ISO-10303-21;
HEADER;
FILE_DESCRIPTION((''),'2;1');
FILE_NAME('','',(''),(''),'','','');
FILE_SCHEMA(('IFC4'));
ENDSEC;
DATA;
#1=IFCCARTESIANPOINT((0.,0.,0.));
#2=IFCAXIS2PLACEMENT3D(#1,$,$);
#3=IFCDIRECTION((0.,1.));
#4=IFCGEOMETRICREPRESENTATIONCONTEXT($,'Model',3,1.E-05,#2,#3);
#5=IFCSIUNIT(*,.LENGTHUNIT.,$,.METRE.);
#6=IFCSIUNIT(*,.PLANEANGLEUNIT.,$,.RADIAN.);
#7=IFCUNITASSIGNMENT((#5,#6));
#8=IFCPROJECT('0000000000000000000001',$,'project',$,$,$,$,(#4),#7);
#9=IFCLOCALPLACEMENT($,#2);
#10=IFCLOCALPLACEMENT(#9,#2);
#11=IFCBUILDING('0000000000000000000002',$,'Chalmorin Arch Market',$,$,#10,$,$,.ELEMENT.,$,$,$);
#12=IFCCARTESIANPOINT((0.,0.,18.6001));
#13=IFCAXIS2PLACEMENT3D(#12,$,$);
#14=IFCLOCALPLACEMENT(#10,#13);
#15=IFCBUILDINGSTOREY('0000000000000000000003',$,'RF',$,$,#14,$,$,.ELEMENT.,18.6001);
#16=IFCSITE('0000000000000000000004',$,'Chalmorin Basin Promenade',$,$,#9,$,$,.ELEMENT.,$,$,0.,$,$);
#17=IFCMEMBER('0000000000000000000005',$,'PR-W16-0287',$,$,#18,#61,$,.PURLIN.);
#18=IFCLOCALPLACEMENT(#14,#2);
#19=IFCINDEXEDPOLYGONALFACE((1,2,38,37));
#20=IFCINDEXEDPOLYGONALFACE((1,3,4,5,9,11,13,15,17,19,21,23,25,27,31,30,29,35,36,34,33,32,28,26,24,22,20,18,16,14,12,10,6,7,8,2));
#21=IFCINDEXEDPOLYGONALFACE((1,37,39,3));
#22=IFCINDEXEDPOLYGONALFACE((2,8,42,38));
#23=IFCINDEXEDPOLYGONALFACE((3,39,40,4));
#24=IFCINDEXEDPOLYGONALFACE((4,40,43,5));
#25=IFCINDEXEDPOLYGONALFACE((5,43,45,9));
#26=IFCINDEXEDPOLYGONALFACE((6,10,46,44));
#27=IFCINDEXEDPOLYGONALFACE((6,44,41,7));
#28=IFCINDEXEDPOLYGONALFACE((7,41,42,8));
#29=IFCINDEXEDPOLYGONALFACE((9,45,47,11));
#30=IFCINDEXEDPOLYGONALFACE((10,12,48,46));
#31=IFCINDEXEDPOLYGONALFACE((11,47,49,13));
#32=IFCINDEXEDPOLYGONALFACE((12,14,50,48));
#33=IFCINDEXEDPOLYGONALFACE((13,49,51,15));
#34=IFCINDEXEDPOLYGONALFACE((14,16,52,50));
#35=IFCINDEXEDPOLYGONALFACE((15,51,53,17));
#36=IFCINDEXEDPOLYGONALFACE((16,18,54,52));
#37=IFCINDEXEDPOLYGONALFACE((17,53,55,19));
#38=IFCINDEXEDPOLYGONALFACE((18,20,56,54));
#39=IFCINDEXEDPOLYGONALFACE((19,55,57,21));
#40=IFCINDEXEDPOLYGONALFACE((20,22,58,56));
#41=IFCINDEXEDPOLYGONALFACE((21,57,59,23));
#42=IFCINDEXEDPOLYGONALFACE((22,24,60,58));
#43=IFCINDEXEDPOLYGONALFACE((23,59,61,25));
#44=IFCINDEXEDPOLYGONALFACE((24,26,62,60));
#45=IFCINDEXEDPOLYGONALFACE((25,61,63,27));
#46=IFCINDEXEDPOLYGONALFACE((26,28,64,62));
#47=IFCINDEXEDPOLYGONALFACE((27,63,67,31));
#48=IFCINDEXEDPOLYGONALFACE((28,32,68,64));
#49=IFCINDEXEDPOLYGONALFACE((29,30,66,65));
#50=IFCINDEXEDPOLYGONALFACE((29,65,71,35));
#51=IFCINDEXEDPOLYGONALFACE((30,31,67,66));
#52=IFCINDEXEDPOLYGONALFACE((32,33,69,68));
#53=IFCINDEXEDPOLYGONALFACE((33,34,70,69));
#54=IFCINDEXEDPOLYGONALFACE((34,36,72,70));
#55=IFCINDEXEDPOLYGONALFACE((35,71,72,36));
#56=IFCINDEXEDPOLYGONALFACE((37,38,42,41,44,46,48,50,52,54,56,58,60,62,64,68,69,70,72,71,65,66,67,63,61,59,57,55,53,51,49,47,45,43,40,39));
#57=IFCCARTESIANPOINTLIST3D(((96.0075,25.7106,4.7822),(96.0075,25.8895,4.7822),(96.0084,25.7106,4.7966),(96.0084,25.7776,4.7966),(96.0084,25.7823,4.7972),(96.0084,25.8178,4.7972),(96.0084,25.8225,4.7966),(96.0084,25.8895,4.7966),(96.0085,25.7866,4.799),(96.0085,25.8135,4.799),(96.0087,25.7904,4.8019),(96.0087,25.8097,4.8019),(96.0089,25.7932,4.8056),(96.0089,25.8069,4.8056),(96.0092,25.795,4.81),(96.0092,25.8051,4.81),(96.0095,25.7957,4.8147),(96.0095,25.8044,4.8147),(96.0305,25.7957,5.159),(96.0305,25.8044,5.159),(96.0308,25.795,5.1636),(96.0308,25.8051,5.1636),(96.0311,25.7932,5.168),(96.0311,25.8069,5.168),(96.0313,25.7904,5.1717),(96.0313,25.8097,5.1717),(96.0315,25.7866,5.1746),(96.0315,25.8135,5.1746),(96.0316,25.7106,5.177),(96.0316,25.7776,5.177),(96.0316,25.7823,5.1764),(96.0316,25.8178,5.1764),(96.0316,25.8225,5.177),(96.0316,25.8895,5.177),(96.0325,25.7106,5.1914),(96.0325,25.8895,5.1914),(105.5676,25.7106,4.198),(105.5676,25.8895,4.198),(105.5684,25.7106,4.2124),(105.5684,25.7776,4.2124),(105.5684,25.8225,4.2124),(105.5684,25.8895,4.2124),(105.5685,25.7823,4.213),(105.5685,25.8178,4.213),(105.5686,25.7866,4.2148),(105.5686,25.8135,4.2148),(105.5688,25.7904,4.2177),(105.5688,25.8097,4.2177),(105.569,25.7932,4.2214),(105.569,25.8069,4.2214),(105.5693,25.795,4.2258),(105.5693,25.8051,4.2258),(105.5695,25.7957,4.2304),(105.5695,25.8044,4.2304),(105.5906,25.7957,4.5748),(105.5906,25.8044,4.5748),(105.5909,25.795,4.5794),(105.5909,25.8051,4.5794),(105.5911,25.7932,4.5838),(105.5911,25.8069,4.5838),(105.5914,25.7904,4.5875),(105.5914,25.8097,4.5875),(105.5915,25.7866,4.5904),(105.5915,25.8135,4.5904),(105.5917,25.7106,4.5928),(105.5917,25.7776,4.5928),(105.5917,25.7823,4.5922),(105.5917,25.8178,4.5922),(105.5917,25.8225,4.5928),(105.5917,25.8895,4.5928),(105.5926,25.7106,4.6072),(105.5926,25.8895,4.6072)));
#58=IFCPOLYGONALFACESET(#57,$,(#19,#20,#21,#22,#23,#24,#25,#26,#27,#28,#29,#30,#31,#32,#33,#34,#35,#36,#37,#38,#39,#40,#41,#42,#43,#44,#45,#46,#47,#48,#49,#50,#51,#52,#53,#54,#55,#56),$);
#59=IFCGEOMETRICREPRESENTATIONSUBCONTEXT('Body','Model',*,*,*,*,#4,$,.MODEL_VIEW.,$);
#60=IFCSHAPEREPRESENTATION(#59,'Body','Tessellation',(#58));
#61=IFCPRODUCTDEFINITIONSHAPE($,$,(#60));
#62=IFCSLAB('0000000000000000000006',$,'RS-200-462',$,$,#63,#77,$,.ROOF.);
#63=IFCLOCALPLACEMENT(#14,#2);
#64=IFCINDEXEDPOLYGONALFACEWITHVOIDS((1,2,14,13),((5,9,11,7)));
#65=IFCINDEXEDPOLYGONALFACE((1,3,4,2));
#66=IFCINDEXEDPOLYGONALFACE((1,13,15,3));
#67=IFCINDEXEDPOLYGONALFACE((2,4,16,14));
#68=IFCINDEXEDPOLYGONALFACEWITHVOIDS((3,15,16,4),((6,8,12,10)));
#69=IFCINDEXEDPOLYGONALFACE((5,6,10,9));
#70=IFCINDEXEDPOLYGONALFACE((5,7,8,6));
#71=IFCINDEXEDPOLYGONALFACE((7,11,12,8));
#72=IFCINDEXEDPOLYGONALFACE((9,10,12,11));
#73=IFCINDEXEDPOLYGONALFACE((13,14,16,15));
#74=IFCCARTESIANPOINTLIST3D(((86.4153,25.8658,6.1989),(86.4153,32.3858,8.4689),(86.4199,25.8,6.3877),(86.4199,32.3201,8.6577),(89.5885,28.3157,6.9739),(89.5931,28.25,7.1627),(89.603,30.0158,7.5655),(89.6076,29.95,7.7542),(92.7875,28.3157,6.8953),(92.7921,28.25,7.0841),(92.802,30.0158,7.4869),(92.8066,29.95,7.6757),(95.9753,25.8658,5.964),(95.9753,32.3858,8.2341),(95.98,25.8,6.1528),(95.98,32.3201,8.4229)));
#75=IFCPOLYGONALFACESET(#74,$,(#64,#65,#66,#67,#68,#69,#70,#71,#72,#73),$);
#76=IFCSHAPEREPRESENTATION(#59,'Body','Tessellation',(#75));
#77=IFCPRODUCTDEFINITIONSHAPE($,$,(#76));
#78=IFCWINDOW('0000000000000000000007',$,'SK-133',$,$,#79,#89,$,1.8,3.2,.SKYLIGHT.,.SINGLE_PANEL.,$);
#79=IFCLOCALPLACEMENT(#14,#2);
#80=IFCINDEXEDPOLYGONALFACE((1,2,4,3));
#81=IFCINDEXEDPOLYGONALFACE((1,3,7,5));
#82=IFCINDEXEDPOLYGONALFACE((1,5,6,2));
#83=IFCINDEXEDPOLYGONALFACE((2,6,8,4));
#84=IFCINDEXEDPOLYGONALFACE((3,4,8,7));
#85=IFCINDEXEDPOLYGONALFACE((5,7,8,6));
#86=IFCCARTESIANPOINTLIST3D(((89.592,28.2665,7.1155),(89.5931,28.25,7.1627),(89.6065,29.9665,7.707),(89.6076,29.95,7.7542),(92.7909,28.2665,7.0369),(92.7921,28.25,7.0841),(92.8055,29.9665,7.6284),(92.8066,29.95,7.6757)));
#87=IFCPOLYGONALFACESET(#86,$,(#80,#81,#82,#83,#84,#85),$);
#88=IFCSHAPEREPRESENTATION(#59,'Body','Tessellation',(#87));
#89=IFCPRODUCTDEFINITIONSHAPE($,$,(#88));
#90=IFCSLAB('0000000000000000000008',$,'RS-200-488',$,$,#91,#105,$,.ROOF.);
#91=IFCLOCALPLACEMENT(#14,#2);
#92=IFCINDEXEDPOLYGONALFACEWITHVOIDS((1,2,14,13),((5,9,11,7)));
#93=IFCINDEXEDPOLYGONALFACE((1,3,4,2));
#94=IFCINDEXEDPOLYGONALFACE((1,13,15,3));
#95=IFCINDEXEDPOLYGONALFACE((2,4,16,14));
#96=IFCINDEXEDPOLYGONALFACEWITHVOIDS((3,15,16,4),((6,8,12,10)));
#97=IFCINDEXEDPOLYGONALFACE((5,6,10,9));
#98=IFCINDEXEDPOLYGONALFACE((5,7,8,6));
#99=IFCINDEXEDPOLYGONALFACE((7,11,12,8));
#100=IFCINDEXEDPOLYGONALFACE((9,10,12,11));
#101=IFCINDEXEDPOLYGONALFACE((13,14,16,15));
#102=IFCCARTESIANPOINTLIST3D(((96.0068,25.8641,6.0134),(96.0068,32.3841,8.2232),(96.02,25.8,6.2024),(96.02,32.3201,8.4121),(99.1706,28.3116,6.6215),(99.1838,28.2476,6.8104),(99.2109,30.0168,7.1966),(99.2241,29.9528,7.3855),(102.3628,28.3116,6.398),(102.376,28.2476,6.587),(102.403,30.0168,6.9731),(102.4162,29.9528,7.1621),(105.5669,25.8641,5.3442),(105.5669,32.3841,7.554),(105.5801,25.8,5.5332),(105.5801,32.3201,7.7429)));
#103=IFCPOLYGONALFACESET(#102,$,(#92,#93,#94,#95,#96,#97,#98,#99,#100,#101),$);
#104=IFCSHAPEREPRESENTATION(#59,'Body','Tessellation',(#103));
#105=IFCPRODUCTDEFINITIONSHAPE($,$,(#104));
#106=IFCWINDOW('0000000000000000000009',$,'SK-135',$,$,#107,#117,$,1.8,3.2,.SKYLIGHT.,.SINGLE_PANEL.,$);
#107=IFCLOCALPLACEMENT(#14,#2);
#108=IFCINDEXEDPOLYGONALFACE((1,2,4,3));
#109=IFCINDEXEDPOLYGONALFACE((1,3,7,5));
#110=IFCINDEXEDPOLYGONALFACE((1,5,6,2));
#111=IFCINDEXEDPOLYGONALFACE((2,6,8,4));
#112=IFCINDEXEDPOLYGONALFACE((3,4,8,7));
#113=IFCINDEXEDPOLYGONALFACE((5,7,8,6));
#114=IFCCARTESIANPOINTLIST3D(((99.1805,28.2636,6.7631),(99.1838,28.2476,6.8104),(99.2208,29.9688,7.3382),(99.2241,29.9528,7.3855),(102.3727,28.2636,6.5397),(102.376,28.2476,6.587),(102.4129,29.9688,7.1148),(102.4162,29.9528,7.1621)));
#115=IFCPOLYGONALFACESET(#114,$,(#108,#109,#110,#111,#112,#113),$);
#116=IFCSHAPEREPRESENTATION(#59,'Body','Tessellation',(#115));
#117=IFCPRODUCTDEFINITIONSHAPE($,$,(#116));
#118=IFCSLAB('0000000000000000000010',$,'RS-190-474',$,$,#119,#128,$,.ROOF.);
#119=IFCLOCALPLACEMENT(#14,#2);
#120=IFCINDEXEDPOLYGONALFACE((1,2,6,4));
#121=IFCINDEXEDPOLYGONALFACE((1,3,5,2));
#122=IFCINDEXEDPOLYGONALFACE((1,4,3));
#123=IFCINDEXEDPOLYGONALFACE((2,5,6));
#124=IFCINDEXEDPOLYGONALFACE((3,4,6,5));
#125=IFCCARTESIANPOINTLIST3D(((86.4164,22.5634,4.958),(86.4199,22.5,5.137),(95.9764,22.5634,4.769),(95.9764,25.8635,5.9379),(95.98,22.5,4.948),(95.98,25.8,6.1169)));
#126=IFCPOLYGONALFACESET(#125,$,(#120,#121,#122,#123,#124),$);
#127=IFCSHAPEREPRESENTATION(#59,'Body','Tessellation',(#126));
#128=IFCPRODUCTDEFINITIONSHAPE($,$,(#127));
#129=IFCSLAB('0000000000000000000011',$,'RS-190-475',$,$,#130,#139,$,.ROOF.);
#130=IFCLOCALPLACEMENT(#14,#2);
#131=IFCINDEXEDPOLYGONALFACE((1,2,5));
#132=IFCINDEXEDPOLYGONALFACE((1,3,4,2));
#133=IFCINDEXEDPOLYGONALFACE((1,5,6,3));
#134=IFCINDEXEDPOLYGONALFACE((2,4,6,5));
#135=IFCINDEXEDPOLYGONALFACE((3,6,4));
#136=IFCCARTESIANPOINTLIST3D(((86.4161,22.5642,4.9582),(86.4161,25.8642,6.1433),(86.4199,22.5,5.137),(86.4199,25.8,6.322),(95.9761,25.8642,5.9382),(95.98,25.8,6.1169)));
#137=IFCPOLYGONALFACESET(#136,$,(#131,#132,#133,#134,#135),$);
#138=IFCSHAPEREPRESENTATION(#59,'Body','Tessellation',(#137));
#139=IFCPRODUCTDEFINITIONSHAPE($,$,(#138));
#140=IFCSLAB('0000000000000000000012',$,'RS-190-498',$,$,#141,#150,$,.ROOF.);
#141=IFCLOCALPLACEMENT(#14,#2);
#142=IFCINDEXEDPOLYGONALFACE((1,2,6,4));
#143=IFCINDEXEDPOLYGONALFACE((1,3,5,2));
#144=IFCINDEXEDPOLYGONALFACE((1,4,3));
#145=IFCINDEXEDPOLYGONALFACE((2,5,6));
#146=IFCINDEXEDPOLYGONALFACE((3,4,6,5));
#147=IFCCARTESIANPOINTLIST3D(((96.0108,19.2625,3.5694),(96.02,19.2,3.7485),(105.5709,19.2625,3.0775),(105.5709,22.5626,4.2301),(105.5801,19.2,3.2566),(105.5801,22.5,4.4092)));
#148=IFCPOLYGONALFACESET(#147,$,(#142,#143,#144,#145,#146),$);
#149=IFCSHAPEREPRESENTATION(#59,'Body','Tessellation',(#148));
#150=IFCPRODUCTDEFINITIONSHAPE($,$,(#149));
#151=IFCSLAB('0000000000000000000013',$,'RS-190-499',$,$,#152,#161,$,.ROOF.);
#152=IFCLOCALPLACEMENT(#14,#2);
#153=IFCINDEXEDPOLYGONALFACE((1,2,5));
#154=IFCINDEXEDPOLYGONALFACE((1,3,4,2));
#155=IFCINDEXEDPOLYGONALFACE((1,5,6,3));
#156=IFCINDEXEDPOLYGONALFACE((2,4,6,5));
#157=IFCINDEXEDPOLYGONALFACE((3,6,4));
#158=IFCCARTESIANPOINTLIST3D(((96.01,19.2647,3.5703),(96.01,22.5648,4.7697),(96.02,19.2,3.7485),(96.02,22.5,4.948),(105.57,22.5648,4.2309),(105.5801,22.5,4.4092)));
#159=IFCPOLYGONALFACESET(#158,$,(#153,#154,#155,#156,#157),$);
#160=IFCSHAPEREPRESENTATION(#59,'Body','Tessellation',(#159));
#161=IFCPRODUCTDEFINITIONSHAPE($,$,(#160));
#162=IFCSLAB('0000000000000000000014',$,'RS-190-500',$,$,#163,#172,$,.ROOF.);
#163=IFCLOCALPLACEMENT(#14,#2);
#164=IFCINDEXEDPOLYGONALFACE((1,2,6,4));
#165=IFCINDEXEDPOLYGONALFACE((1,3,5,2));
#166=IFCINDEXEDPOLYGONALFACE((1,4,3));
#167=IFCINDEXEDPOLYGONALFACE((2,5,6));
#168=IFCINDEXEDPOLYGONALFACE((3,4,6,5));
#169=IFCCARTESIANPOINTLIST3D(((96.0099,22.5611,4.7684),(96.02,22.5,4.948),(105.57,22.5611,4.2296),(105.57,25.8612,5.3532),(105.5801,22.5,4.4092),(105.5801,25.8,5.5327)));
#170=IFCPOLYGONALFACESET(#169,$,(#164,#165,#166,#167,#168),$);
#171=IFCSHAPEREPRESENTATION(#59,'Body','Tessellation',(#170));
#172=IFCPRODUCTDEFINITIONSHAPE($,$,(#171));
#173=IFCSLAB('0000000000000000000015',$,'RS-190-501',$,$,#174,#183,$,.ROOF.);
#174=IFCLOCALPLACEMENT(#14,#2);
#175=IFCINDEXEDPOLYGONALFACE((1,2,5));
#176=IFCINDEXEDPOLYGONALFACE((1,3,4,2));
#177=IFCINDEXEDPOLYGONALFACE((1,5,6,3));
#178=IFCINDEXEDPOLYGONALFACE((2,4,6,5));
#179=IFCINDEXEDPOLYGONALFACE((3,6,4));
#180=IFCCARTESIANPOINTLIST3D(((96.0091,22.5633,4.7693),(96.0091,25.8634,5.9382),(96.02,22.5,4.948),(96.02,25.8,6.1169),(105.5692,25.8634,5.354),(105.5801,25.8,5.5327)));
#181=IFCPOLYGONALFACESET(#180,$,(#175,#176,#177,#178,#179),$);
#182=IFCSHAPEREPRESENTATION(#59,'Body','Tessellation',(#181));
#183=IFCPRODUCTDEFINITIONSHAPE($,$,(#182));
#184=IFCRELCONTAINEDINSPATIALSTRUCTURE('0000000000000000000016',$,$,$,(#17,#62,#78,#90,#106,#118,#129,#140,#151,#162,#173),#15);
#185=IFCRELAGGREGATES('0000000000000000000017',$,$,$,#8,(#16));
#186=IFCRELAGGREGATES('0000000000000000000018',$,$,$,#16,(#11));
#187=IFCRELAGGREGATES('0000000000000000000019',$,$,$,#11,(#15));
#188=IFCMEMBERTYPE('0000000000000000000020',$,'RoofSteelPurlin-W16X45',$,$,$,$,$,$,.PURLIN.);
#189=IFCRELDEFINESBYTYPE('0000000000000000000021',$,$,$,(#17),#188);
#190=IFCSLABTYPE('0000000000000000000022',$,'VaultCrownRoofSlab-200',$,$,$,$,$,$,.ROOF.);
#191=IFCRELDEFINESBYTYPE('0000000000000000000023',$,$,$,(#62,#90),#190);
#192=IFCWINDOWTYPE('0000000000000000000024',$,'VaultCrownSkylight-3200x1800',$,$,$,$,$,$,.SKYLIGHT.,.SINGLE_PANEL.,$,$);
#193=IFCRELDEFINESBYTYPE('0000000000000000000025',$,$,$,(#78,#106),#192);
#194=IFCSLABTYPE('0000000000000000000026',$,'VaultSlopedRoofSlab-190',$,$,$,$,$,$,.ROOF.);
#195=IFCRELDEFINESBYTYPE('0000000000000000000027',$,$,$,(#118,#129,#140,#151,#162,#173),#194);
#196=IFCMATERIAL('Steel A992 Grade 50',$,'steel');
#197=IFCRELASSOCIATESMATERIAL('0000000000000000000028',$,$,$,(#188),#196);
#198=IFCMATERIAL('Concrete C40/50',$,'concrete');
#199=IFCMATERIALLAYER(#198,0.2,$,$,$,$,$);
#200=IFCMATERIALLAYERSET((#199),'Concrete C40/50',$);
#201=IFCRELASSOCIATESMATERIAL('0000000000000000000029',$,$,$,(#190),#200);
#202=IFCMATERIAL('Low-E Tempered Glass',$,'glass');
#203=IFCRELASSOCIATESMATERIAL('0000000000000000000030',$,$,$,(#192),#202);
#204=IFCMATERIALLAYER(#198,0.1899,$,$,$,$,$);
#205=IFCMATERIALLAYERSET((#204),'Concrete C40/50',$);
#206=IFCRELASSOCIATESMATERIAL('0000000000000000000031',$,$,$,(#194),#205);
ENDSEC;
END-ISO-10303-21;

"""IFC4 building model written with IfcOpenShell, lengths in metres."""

from ifc_helpers import new_model, si_unit, direction, frame, origin, origin_2d, place, context, subcontext, project, spatial, polyline, rectangle, i_section, outline, extrude, material, layer, layer_set, material_profile, profile_set, type_object, element, fill, save


model = new_model("IFC4")

# Units and contexts
model_context = context("Model", 3, precision=1e-05, world=origin(), true_north=direction((0.0, 1.0)))
body_context = subcontext(model_context, "Body", "Model", "MODEL_VIEW")
ifc_project = project(units=[si_unit("LENGTHUNIT", "METRE"), si_unit("PLANEANGLEUNIT", "RADIAN")], contexts=[model_context])

# Site, building, storey
site_placement = place(None, origin())
site = spatial("IfcSite", under=ifc_project, at=site_placement, Name="Chalmorin Basin Promenade", CompositionType="ELEMENT", RefElevation=0.0)
building_placement = place(site_placement, origin())
building = spatial("IfcBuilding", under=site, at=building_placement, Name="Chalmorin Arch Market", CompositionType="ELEMENT")
storey_placement = place(building_placement, frame((0.0, 0.0, 18.6001)))
storey = spatial("IfcBuildingStorey", under=building, at=storey_placement, Name="RF", CompositionType="ELEMENT", Elevation=18.6001)

# Member
ifc_material_1 = material(Name="Steel A992 Grade 50", Category="steel")
ifc_material_profile_1 = material_profile(ifc_material_1, i_section(OverallWidth=0.179, OverallDepth=0.4099, WebThickness=0.0088, FlangeThickness=0.0144, FilletRadius=0.0181, at=origin_2d()), Name="W16X45")
ifc_profile_set_1 = profile_set([ifc_material_profile_1], Name="Steel A992 Grade 50")
member_type_1 = type_object("IfcMemberType", Name="RoofSteelPurlin-W16X45", PredefinedType="PURLIN", material=ifc_profile_set_1)
member_1_placement = place(storey_placement, frame((96.02, 25.8, 4.9868), z_axis=(0.998138, 0.0, -0.060998), x_axis=(0.0, 1.0, 0.0)))
element("IfcMember", 1, at=member_1_placement, inside=storey, type_object=member_type_1, Name="PR-W16-0287", PredefinedType="PURLIN", context=body_context, shape_type="SweptSolid", body=[
    extrude(i_section(OverallWidth=0.179, OverallDepth=0.4099, WebThickness=0.0088, FlangeThickness=0.0144, FilletRadius=0.0181, at=origin_2d()), origin(), (0.0, 0.0, 1.0), 9.5779),
])

# Slabs, openings, windows
ifc_material_2 = material(Name="Concrete C40/50", Category="concrete")
ifc_layer_1 = layer(ifc_material_2, 0.2)
ifc_layer_set_1 = layer_set([ifc_layer_1], Name="Concrete C40/50")
slab_type_1 = type_object("IfcSlabType", Name="VaultCrownRoofSlab-200", PredefinedType="ROOF", material=ifc_layer_set_1)
slab_1_placement = place(storey_placement, frame((86.4199, 25.8, 6.3877), z_axis=(0.023195, -0.328715, 0.944144), x_axis=(0.999698, 0.0, -0.02456)))
slab_1 = element("IfcSlab", 2, at=slab_1_placement, inside=storey, type_object=slab_type_1, Name="RS-200-462", PredefinedType="ROOF", context=body_context, shape_type="SweptSolid", body=[
    extrude(outline(polyline([(0.0, 0.0), (9.5629, 0.0), (9.5072, 6.9037), (-0.0558, 6.9037), (0.0, 0.0)])), origin(), (0.0, 0.0, -1.0), 0.2),
])
opening_1_placement = place(slab_1_placement, frame((4.7532, 3.4941, -0.2148)))
opening_1 = element("IfcOpeningElement", 3, at=opening_1_placement, cuts=slab_1, PredefinedType="OPENING", context=body_context, shape_type="SweptSolid", body=[
    extrude(rectangle(XDim=3.2, YDim=1.8, at=origin_2d()), origin(), (0.0, 0.0, 1.0), 0.23),
])
ifc_material_3 = material(Name="Low-E Tempered Glass", Category="glass")
window_type = type_object("IfcWindowType", Name="VaultCrownSkylight-3200x1800", PartitioningType="SINGLE_PANEL", PredefinedType="SKYLIGHT", material=ifc_material_3)
window_1_placement = place(slab_1_placement, frame((4.7532, 3.4941, -0.05)))
window_1 = element("IfcWindow", 4, at=window_1_placement, inside=storey, type_object=window_type, Name="SK-133", OverallHeight=1.8, OverallWidth=3.2, PartitioningType="SINGLE_PANEL", PredefinedType="SKYLIGHT", context=body_context, shape_type="SweptSolid", body=[
    extrude(rectangle(XDim=3.2, YDim=1.8, at=origin_2d()), origin(), (0.0, 0.0, 1.0), 0.05),
])
fill(opening_1, window_1)
slab_2_placement = place(storey_placement, frame((96.02, 25.8, 6.2024), z_axis=(0.066149, -0.320276, 0.945012), x_axis=(0.997559, 0.0, -0.069828)))
slab_2 = element("IfcSlab", 5, at=slab_2_placement, inside=storey, type_object=slab_type_1, Name="RS-200-488", PredefinedType="ROOF", context=body_context, shape_type="SweptSolid", body=[
    extrude(outline(polyline([(0.0, 0.0), (9.5835, 0.0), (9.4292, 6.8826), (-0.1543, 6.8826), (0.0, 0.0)])), origin(), (0.0, 0.0, -1.0), 0.2),
])
opening_2_placement = place(slab_2_placement, frame((4.7136, 3.4836, -0.2148)))
opening_2 = element("IfcOpeningElement", 6, at=opening_2_placement, cuts=slab_2, PredefinedType="OPENING", context=body_context, shape_type="SweptSolid", body=[
    extrude(rectangle(XDim=3.2, YDim=1.8, at=origin_2d()), origin(), (0.0, 0.0, 1.0), 0.23),
])
window_2_placement = place(slab_2_placement, frame((4.7136, 3.4836, -0.05)))
window_2 = element("IfcWindow", 7, at=window_2_placement, inside=storey, type_object=window_type, Name="SK-135", OverallHeight=1.8, OverallWidth=3.2, PartitioningType="SINGLE_PANEL", PredefinedType="SKYLIGHT", context=body_context, shape_type="SweptSolid", body=[
    extrude(rectangle(XDim=3.2, YDim=1.8, at=origin_2d()), origin(), (0.0, 0.0, 1.0), 0.05),
])
fill(opening_2, window_2)

# Slabs
ifc_layer_2 = layer(ifc_material_2, 0.1899)
ifc_layer_set_2 = layer_set([ifc_layer_2], Name="Concrete C40/50")
slab_type_2 = type_object("IfcSlabType", Name="VaultSlopedRoofSlab-190", PredefinedType="ROOF", material=ifc_layer_set_2)
slab_3_placement = place(storey_placement, frame((86.4199, 22.5, 5.137), z_axis=(0.018628, -0.333834, 0.942448), x_axis=(0.999805, 0.0, -0.019762)))
element("IfcSlab", 8, at=slab_3_placement, inside=storey, type_object=slab_type_2, Name="RS-190-474", PredefinedType="ROOF", context=body_context, shape_type="SweptSolid", body=[
    extrude(outline(polyline([(0.0, 0.0), (9.5619, 0.0), (9.5388, 3.5009), (0.0, 0.0)])), origin(), (0.0, 0.0, -1.0), 0.1899),
])
slab_4_placement = place(storey_placement, frame((86.4199, 22.5, 5.137), z_axis=(0.020185, -0.337903, 0.940964), x_axis=(0.94086, 0.324777, 0.096446)))
element("IfcSlab", 9, at=slab_4_placement, inside=storey, type_object=slab_type_2, Name="RS-190-475", PredefinedType="ROOF", context=body_context, shape_type="SweptSolid", body=[
    extrude(outline(polyline([(0.0, 0.0), (10.161, 0.0), (1.1861, 3.2997), (0.0, 0.0)])), origin(), (0.0, 0.0, -1.0), 0.1899),
])
slab_5_placement = place(storey_placement, frame((96.02, 19.2, 3.7485), z_axis=(0.048523, -0.329343, 0.942963), x_axis=(0.998679, 0.0, -0.05139)))
element("IfcSlab", 10, at=slab_5_placement, inside=storey, type_object=slab_type_2, Name="RS-190-498", PredefinedType="ROOF", context=body_context, shape_type="SweptSolid", body=[
    extrude(outline(polyline([(0.0, 0.0), (9.5727, 0.0), (9.5135, 3.495), (0.0, 0.0)])), origin(), (0.0, 0.0, -1.0), 0.1899),
])
slab_6_placement = place(storey_placement, frame((96.02, 19.2, 3.7485), z_axis=(0.052897, -0.341125, 0.938528), x_axis=(0.943257, 0.325604, 0.065183)))
element("IfcSlab", 11, at=slab_6_placement, inside=storey, type_object=slab_type_2, Name="RS-190-499", PredefinedType="ROOF", context=body_context, shape_type="SweptSolid", body=[
    extrude(outline(polyline([(0.0, 0.0), (10.1352, 0.0), (1.1527, 3.3167), (0.0, 0.0)])), origin(), (0.0, 0.0, -1.0), 0.1899),
])
slab_7_placement = place(storey_placement, frame((96.02, 22.5, 4.948), z_axis=(0.053278, -0.321835, 0.945295), x_axis=(0.998415, 0.0, -0.056272)))
element("IfcSlab", 12, at=slab_7_placement, inside=storey, type_object=slab_type_2, Name="RS-190-500", PredefinedType="ROOF", context=body_context, shape_type="SweptSolid", body=[
    extrude(outline(polyline([(0.0, 0.0), (9.5752, 0.0), (9.512, 3.4855), (0.0, 0.0)])), origin(), (0.0, 0.0, -1.0), 0.1899),
])
slab_8_placement = place(storey_placement, frame((96.02, 22.5, 4.948), z_axis=(0.057509, -0.33334, 0.941051), x_axis=(0.943691, 0.325754, 0.057718)))
element("IfcSlab", 13, at=slab_8_placement, inside=storey, type_object=slab_type_2, Name="RS-190-501", PredefinedType="ROOF", context=body_context, shape_type="SweptSolid", body=[
    extrude(outline(polyline([(0.0, 0.0), (10.1305, 0.0), (1.1425, 3.3093), (0.0, 0.0)])), origin(), (0.0, 0.0, -1.0), 0.1899),
])

save(model, "model.ifc")
